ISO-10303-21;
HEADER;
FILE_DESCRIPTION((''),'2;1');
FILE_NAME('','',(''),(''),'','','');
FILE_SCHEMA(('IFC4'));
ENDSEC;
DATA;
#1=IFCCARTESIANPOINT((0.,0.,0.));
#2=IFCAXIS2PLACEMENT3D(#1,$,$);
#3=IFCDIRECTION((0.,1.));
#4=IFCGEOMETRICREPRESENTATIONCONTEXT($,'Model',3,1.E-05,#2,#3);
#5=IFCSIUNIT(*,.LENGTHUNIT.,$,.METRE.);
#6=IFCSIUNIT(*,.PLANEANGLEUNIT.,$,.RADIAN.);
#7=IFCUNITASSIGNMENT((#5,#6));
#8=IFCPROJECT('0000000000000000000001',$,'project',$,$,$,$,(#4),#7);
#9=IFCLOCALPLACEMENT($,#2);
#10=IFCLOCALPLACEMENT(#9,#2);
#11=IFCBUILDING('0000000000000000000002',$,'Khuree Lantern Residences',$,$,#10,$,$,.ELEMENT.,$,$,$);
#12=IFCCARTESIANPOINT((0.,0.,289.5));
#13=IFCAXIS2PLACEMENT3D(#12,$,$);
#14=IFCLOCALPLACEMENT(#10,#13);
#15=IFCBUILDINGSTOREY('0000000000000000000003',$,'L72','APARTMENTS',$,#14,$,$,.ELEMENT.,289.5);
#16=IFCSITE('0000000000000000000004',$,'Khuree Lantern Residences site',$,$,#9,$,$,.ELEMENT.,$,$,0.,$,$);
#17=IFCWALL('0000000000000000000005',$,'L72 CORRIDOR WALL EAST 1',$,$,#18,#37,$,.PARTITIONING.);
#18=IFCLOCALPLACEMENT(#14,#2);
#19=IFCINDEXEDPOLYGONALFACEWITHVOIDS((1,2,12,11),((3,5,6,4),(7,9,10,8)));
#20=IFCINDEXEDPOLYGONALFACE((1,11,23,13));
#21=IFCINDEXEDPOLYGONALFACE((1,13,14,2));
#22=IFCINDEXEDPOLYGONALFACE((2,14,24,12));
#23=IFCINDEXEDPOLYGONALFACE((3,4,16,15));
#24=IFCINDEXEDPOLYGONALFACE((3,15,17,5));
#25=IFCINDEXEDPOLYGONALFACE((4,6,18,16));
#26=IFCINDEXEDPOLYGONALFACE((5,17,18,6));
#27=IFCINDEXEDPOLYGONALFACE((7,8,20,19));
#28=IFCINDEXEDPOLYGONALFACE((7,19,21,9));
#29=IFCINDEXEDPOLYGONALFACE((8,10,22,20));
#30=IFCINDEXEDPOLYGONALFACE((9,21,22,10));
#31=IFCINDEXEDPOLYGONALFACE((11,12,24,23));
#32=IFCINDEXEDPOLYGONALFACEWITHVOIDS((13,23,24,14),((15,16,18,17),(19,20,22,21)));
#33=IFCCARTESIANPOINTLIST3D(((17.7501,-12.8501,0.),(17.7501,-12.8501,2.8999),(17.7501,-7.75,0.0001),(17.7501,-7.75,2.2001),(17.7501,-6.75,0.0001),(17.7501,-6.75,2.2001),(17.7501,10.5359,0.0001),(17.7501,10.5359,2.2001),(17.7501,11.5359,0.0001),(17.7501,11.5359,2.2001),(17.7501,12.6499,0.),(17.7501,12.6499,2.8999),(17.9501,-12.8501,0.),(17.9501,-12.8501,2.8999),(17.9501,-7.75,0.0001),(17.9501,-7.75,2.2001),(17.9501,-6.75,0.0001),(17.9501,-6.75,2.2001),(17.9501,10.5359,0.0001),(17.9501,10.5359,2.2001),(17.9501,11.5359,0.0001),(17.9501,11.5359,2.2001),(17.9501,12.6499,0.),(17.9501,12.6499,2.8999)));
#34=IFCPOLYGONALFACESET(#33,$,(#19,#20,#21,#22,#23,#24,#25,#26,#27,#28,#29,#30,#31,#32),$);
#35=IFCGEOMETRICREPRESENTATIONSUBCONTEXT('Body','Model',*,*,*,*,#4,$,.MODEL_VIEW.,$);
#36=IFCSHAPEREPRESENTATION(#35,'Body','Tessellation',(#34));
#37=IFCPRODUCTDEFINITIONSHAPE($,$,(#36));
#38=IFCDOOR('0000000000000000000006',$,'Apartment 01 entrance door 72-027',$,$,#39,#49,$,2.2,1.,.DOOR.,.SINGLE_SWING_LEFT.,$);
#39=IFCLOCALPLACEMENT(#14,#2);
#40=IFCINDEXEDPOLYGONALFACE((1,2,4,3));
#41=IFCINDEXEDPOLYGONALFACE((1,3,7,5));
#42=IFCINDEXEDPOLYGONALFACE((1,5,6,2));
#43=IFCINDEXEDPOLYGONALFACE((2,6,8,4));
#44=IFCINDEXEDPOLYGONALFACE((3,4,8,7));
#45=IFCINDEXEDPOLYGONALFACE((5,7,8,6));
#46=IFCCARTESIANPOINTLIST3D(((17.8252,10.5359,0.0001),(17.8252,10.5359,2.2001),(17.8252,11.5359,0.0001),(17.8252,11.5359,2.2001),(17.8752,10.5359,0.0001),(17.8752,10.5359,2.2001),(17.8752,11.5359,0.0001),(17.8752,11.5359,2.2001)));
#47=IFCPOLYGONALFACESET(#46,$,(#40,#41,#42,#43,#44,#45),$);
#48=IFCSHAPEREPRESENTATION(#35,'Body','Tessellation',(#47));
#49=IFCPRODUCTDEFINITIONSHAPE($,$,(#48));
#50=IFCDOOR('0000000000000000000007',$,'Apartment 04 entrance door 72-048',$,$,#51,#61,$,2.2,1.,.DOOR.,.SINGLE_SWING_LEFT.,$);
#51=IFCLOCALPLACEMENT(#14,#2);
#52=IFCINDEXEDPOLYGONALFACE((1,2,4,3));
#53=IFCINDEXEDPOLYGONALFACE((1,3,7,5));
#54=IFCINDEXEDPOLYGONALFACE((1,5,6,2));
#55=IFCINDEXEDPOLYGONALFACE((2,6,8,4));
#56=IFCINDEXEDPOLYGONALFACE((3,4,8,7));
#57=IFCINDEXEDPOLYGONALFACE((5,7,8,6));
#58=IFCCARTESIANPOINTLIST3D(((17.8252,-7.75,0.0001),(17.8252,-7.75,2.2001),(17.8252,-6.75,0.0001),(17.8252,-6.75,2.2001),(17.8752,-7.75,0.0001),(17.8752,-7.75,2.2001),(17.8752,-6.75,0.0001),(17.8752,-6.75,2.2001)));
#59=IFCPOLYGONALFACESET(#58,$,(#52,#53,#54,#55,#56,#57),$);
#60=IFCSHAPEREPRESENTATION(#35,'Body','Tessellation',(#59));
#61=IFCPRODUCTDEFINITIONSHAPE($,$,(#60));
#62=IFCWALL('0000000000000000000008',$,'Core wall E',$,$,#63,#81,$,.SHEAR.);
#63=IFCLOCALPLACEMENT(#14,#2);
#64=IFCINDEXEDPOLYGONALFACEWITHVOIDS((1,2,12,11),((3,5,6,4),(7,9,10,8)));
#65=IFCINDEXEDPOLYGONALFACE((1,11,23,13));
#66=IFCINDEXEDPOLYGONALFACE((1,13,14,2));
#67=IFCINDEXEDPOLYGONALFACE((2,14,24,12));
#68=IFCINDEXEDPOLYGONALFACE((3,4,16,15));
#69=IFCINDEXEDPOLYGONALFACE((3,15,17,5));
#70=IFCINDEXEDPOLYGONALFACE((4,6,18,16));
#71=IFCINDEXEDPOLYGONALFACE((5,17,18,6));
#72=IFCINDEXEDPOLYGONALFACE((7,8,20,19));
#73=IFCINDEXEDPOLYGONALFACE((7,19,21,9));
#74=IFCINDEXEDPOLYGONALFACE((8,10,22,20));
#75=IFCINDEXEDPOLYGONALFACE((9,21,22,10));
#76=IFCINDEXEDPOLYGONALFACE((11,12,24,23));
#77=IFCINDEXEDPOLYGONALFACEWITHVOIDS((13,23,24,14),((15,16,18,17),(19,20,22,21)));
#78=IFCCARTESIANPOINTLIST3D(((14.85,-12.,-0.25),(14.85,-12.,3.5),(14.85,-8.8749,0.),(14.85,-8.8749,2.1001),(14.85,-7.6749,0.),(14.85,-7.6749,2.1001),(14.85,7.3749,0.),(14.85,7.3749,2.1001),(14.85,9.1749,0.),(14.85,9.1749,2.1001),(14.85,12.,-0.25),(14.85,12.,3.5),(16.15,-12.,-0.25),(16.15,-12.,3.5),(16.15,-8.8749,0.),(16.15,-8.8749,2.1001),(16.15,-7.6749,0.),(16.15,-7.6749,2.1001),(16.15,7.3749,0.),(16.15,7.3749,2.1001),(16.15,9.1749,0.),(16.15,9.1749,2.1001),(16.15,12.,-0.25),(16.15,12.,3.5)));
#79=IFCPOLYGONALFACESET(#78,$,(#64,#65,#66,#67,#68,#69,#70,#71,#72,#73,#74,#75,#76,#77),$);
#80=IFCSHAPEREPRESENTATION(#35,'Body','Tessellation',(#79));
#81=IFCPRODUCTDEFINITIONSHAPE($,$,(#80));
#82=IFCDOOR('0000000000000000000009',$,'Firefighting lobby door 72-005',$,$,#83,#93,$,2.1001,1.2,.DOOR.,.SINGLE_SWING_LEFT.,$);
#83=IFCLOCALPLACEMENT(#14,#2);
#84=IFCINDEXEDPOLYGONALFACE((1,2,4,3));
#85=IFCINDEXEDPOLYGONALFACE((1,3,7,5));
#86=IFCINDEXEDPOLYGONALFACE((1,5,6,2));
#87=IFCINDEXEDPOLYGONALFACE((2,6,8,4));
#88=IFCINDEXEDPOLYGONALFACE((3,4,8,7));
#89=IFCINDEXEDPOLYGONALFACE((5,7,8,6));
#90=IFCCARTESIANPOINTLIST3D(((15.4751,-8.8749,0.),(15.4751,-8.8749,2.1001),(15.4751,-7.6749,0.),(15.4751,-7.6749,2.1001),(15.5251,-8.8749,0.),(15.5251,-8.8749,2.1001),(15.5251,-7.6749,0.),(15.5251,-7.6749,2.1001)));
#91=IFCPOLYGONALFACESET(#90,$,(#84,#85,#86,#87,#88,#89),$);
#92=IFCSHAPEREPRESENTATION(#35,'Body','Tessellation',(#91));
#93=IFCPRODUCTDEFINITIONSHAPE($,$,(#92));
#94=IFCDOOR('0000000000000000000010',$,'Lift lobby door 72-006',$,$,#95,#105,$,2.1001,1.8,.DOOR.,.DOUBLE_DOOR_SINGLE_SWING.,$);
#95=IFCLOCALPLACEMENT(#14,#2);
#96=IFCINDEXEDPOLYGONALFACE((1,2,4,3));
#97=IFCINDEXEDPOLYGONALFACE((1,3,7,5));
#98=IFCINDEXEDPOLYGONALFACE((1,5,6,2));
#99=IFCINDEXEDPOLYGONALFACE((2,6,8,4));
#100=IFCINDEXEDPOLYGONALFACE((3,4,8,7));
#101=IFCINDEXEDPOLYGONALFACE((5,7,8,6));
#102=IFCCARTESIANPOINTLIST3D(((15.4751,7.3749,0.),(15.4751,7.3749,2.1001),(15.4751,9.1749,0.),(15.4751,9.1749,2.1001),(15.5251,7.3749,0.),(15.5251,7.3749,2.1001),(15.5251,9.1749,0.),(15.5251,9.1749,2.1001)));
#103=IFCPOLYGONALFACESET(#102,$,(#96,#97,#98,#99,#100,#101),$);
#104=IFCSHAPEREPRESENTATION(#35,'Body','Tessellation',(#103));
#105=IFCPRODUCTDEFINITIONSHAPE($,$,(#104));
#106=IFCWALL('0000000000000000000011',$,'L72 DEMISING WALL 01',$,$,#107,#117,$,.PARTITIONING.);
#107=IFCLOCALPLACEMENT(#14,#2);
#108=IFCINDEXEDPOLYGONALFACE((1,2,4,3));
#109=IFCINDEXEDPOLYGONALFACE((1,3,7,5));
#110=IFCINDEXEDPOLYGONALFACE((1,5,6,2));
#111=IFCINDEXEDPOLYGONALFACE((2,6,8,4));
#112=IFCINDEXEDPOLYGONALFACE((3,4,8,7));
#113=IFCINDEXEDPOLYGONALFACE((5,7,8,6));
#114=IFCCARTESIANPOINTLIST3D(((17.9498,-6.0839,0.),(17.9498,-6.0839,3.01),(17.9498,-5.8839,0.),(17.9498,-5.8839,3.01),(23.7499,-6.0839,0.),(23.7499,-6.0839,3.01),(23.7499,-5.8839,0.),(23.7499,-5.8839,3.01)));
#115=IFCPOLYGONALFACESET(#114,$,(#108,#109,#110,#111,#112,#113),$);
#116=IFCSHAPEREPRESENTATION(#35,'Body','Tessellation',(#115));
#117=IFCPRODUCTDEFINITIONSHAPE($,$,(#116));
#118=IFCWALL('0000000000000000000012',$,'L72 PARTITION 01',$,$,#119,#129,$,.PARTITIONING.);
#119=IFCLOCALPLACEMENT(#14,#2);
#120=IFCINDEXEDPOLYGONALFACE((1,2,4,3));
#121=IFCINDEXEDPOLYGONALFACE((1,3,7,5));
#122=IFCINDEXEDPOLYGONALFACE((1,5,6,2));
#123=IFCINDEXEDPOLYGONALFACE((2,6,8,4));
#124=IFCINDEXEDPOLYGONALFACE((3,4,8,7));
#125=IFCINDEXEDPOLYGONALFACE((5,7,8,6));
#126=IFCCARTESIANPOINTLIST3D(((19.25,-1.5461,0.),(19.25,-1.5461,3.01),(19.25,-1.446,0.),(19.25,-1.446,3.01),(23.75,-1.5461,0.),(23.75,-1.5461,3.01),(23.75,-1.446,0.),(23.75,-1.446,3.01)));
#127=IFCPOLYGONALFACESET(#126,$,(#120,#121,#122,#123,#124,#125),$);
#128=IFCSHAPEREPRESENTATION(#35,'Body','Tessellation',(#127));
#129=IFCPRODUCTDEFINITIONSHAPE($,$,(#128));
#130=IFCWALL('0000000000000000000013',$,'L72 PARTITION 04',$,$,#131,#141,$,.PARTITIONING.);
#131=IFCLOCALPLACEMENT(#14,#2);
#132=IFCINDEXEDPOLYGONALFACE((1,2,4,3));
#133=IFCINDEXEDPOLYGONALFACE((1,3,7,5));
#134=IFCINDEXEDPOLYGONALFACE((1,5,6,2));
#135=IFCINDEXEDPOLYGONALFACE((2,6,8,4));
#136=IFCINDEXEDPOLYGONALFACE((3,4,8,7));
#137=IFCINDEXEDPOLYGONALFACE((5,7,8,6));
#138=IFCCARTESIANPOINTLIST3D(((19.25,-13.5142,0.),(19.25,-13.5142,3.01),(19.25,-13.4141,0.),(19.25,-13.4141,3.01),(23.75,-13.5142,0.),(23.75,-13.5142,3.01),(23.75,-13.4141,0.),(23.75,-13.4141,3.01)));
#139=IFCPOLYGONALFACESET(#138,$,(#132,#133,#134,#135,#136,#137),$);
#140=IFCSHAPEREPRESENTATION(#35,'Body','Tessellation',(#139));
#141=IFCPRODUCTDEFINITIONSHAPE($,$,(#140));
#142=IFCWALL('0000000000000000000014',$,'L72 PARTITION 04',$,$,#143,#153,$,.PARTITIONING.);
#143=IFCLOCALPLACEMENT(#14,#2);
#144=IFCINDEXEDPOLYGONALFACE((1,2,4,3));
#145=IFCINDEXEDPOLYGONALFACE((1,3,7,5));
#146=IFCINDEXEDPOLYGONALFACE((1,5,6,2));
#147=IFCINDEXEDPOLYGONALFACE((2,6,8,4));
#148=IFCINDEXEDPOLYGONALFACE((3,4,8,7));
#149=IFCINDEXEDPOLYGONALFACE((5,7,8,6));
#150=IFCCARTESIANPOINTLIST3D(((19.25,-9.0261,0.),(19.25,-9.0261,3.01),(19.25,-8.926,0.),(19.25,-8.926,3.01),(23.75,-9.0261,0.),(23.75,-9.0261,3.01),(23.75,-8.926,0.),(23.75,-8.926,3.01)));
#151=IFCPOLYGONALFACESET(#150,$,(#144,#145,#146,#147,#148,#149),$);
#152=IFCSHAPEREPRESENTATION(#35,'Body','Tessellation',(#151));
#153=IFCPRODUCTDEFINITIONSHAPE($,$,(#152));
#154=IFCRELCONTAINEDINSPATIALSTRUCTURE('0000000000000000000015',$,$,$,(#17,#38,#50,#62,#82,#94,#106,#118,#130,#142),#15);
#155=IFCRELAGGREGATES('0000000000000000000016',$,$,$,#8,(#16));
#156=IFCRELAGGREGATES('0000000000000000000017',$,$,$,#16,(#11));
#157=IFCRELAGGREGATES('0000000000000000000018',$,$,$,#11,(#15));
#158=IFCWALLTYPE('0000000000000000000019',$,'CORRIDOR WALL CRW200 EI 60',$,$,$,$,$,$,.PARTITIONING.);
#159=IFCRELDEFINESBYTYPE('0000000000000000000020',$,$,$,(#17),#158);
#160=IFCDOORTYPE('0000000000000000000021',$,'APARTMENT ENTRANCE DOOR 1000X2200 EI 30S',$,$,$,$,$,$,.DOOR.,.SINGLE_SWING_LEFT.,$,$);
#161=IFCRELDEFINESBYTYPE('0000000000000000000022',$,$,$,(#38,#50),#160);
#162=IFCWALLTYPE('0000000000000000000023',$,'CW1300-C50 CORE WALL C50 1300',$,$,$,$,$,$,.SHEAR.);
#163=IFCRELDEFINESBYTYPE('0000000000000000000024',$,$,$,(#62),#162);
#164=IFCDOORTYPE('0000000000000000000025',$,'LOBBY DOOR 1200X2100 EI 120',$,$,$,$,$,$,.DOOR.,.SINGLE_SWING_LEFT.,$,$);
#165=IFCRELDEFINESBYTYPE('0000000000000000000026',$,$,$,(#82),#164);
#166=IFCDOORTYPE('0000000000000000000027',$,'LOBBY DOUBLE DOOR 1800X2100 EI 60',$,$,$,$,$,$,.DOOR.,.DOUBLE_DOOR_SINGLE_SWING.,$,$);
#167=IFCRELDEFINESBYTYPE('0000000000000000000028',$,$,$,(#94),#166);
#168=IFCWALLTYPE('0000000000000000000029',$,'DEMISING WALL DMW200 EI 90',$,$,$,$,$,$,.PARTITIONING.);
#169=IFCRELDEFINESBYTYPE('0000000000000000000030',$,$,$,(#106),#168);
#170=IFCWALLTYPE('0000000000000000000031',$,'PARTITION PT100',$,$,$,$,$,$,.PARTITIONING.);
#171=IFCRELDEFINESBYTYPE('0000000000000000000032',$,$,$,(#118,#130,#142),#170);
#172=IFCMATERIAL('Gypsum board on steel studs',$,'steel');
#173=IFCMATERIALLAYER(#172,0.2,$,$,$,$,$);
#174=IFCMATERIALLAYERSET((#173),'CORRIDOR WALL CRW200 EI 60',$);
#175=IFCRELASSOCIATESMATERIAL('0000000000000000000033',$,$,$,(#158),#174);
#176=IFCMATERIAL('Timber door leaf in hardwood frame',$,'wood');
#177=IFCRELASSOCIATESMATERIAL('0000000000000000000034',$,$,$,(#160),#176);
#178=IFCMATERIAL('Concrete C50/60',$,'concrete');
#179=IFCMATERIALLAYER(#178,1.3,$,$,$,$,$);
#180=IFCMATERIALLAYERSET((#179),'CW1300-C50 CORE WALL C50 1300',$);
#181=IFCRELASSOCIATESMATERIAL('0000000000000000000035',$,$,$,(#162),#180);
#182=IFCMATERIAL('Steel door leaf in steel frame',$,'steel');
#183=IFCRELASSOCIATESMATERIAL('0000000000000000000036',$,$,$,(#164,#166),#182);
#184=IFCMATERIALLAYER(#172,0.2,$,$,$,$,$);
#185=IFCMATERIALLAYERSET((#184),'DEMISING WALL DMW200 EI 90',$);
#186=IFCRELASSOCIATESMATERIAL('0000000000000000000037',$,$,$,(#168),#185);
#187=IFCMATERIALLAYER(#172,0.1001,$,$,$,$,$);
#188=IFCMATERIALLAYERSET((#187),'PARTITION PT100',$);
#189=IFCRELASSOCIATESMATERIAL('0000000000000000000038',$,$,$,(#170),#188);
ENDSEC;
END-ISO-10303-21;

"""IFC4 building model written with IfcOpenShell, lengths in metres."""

from ifc_helpers import new_model, si_unit, direction, frame, frame_2d, origin, place, context, subcontext, project, spatial, rectangle, extrude, material, layer, layer_set, type_object, element, fill, save


model = new_model("IFC4")

# Units and contexts
model_context = context("Model", 3, precision=1e-05, world=origin(), true_north=direction((0.0, 1.0)))
body_context = subcontext(model_context, "Body", "Model", "MODEL_VIEW")
ifc_project = project(units=[si_unit("LENGTHUNIT", "METRE"), si_unit("PLANEANGLEUNIT", "RADIAN")], contexts=[model_context])

# Site, building, storey
site_placement = place(None, origin())
site = spatial("IfcSite", under=ifc_project, at=site_placement, Name="Khuree Lantern Residences site", CompositionType="ELEMENT", RefElevation=0.0)
building_placement = place(site_placement, origin())
building = spatial("IfcBuilding", under=site, at=building_placement, Name="Khuree Lantern Residences", CompositionType="ELEMENT")
storey_placement = place(building_placement, frame((0.0, 0.0, 289.5)))
storey = spatial("IfcBuildingStorey", under=building, at=storey_placement, Name="L72", Description="APARTMENTS", CompositionType="ELEMENT", Elevation=289.5)

# Shared definitions
ifc_material_1 = material(Name="Concrete C50/60", Category="concrete")

# Shared definitions
ifc_material_2 = material(Name="Gypsum board on steel studs", Category="steel")
ifc_layer_1 = layer(ifc_material_2, 0.2)
ifc_layer_set_1 = layer_set([ifc_layer_1], Name="CORRIDOR WALL CRW200 EI 60")
wall_type_1 = type_object("IfcWallType", Name="CORRIDOR WALL CRW200 EI 60", PredefinedType="PARTITIONING", material=ifc_layer_set_1)

# Walls, openings, doors
wall_1_placement = place(storey_placement, frame((17.8501, -12.8501, 0.0), z_axis=(0.0, 0.0, 1.0), x_axis=(0.0, 1.0, 0.0)))
wall_1 = element("IfcWall", 1, at=wall_1_placement, inside=storey, type_object=wall_type_1, Name="L72 CORRIDOR WALL EAST 1", PredefinedType="PARTITIONING", context=body_context, shape_type="SweptSolid", body=[
    extrude(rectangle(XDim=25.5, YDim=0.2, at=frame_2d((12.75, 0.0))), origin(), (0.0, 0.0, 1.0), 2.8999),
])
opening_1_placement = place(wall_1_placement, frame((23.386, 0.0, 0.0)))
opening_1 = element("IfcOpeningElement", 2, at=opening_1_placement, cuts=wall_1, PredefinedType="OPENING", context=body_context, shape_type="SweptSolid", body=[
    extrude(rectangle(XDim=1.0, YDim=2.2, at=frame_2d((0.5, 1.1001))), frame((0.0, 0.1099, 0.0), z_axis=(0.0, -1.0, 0.0), x_axis=(1.0, 0.0, 0.0)), (0.0, 0.0, 1.0), 0.22),
])
opening_2_placement = place(wall_1_placement, frame((5.1001, 0.0, 0.0)))
opening_2 = element("IfcOpeningElement", 3, at=opening_2_placement, cuts=wall_1, PredefinedType="OPENING", context=body_context, shape_type="SweptSolid", body=[
    extrude(rectangle(XDim=1.0, YDim=2.2, at=frame_2d((0.5, 1.1001))), frame((0.0, 0.1099, 0.0), z_axis=(0.0, -1.0, 0.0), x_axis=(1.0, 0.0, 0.0)), (0.0, 0.0, 1.0), 0.22),
])
ifc_material_3 = material(Name="Timber door leaf in hardwood frame", Category="wood")
door_type_1 = type_object("IfcDoorType", Name="APARTMENT ENTRANCE DOOR 1000X2200 EI 30S", OperationType="SINGLE_SWING_LEFT", PredefinedType="DOOR", material=ifc_material_3)
door_1_placement = place(opening_1_placement, origin())
door_1 = element("IfcDoor", 4, at=door_1_placement, inside=storey, type_object=door_type_1, Name="Apartment 01 entrance door 72-027", OperationType="SINGLE_SWING_LEFT", OverallHeight=2.2, OverallWidth=1.0, PredefinedType="DOOR", context=body_context, shape_type="SweptSolid", body=[
    extrude(rectangle(XDim=1.0, YDim=2.2, at=frame_2d((0.5, 1.1001))), frame((0.0, 0.0249, 0.0), z_axis=(0.0, -1.0, 0.0), x_axis=(1.0, 0.0, 0.0)), (0.0, 0.0, 1.0), 0.05),
])
fill(opening_1, door_1)
door_2_placement = place(opening_2_placement, origin())
door_2 = element("IfcDoor", 5, at=door_2_placement, inside=storey, type_object=door_type_1, Name="Apartment 04 entrance door 72-048", OperationType="SINGLE_SWING_LEFT", OverallHeight=2.2, OverallWidth=1.0, PredefinedType="DOOR", context=body_context, shape_type="SweptSolid", body=[
    extrude(rectangle(XDim=1.0, YDim=2.2, at=frame_2d((0.5, 1.1001))), frame((0.0, 0.0249, 0.0), z_axis=(0.0, -1.0, 0.0), x_axis=(1.0, 0.0, 0.0)), (0.0, 0.0, 1.0), 0.05),
])
fill(opening_2, door_2)
ifc_layer_2 = layer(ifc_material_1, 1.3)
ifc_layer_set_2 = layer_set([ifc_layer_2], Name="CW1300-C50 CORE WALL C50 1300")
wall_type_2 = type_object("IfcWallType", Name="CW1300-C50 CORE WALL C50 1300", PredefinedType="SHEAR", material=ifc_layer_set_2)
wall_2_placement = place(storey_placement, frame((15.5, -12.0, -0.25), z_axis=(0.0, 0.0, 1.0), x_axis=(0.0, 1.0, 0.0)))
wall_2 = element("IfcWall", 6, at=wall_2_placement, inside=storey, type_object=wall_type_2, Name="Core wall E", PredefinedType="SHEAR", context=body_context, shape_type="SweptSolid", body=[
    extrude(rectangle(XDim=24.0, YDim=1.3, at=frame_2d((12.0, 0.0))), origin(), (0.0, 0.0, 1.0), 3.75),
])
opening_3_placement = place(wall_2_placement, frame((3.125, 0.0, 0.25)))
opening_3 = element("IfcOpeningElement", 7, at=opening_3_placement, cuts=wall_2, PredefinedType="OPENING", context=body_context, shape_type="SweptSolid", body=[
    extrude(rectangle(XDim=1.2, YDim=2.1001, at=frame_2d((0.6001, 1.05))), frame((0.0, 0.6602, 0.0), z_axis=(0.0, -1.0, 0.0), x_axis=(1.0, 0.0, 0.0)), (0.0, 0.0, 1.0), 1.3201),
])
opening_4_placement = place(wall_2_placement, frame((19.375, 0.0, 0.25)))
opening_4 = element("IfcOpeningElement", 8, at=opening_4_placement, cuts=wall_2, PredefinedType="OPENING", context=body_context, shape_type="SweptSolid", body=[
    extrude(rectangle(XDim=1.8, YDim=2.1001, at=frame_2d((0.8999, 1.05))), frame((0.0, 0.6602, 0.0), z_axis=(0.0, -1.0, 0.0), x_axis=(1.0, 0.0, 0.0)), (0.0, 0.0, 1.0), 1.3201),
])
ifc_material_4 = material(Name="Steel door leaf in steel frame", Category="steel")
door_type_2 = type_object("IfcDoorType", Name="LOBBY DOOR 1200X2100 EI 120", OperationType="SINGLE_SWING_LEFT", PredefinedType="DOOR", material=ifc_material_4)
door_3_placement = place(opening_3_placement, origin())
door_3 = element("IfcDoor", 9, at=door_3_placement, inside=storey, type_object=door_type_2, Name="Firefighting lobby door 72-005", OperationType="SINGLE_SWING_LEFT", OverallHeight=2.1001, OverallWidth=1.2, PredefinedType="DOOR", context=body_context, shape_type="SweptSolid", body=[
    extrude(rectangle(XDim=1.2, YDim=2.1001, at=frame_2d((0.6001, 1.05))), frame((0.0, 0.0249, 0.0), z_axis=(0.0, -1.0, 0.0), x_axis=(1.0, 0.0, 0.0)), (0.0, 0.0, 1.0), 0.05),
])
fill(opening_3, door_3)
door_type_3 = type_object("IfcDoorType", Name="LOBBY DOUBLE DOOR 1800X2100 EI 60", OperationType="DOUBLE_DOOR_SINGLE_SWING", PredefinedType="DOOR", material=ifc_material_4)
door_4_placement = place(opening_4_placement, origin())
door_4 = element("IfcDoor", 10, at=door_4_placement, inside=storey, type_object=door_type_3, Name="Lift lobby door 72-006", OperationType="DOUBLE_DOOR_SINGLE_SWING", OverallHeight=2.1001, OverallWidth=1.8, PredefinedType="DOOR", context=body_context, shape_type="SweptSolid", body=[
    extrude(rectangle(XDim=1.8, YDim=2.1001, at=frame_2d((0.8999, 1.05))), frame((0.0, 0.0249, 0.0), z_axis=(0.0, -1.0, 0.0), x_axis=(1.0, 0.0, 0.0)), (0.0, 0.0, 1.0), 0.05),
])
fill(opening_4, door_4)

# Walls
ifc_layer_3 = layer(ifc_material_2, 0.2)
ifc_layer_set_3 = layer_set([ifc_layer_3], Name="DEMISING WALL DMW200 EI 90")
wall_type_3 = type_object("IfcWallType", Name="DEMISING WALL DMW200 EI 90", PredefinedType="PARTITIONING", material=ifc_layer_set_3)
wall_3_placement = place(storey_placement, frame((17.95, -5.9839, 0.0), z_axis=(0.0, 0.0, 1.0), x_axis=(1.0, 0.0, 0.0)))
element("IfcWall", 11, at=wall_3_placement, inside=storey, type_object=wall_type_3, Name="L72 DEMISING WALL 01", PredefinedType="PARTITIONING", context=body_context, shape_type="SweptSolid", body=[
    extrude(rectangle(XDim=5.8, YDim=0.2, at=frame_2d((2.8999, 0.0))), origin(), (0.0, 0.0, 1.0), 3.01),
])
ifc_layer_4 = layer(ifc_material_2, 0.1001)
ifc_layer_set_4 = layer_set([ifc_layer_4], Name="PARTITION PT100")
wall_type_4 = type_object("IfcWallType", Name="PARTITION PT100", PredefinedType="PARTITIONING", material=ifc_layer_set_4)
for number, where, z_axis, x_axis, name in (
    (12, (19.25, -1.4961, 0.0), (0.0, 0.0, 1.0), (1.0, 0.0, 0.0), "L72 PARTITION 01"),
    (13, (19.25, -13.4641, 0.0), (0.0, 0.0, 1.0), (1.0, 0.0, 0.0), "L72 PARTITION 04"),
    (14, (19.25, -8.9761, 0.0), (0.0, 0.0, 1.0), (1.0, 0.0, 0.0), "L72 PARTITION 04"),
):
    element("IfcWall", number, at=place(storey_placement, frame(where, z_axis=z_axis, x_axis=x_axis)), inside=storey, type_object=wall_type_4, Name=name, PredefinedType="PARTITIONING", context=body_context, shape_type="SweptSolid", body=[
        extrude(rectangle(XDim=4.5, YDim=0.1001, at=frame_2d((2.25, 0.0))), origin(), (0.0, 0.0, 1.0), 3.01),
    ])

save(model, "model.ifc")
